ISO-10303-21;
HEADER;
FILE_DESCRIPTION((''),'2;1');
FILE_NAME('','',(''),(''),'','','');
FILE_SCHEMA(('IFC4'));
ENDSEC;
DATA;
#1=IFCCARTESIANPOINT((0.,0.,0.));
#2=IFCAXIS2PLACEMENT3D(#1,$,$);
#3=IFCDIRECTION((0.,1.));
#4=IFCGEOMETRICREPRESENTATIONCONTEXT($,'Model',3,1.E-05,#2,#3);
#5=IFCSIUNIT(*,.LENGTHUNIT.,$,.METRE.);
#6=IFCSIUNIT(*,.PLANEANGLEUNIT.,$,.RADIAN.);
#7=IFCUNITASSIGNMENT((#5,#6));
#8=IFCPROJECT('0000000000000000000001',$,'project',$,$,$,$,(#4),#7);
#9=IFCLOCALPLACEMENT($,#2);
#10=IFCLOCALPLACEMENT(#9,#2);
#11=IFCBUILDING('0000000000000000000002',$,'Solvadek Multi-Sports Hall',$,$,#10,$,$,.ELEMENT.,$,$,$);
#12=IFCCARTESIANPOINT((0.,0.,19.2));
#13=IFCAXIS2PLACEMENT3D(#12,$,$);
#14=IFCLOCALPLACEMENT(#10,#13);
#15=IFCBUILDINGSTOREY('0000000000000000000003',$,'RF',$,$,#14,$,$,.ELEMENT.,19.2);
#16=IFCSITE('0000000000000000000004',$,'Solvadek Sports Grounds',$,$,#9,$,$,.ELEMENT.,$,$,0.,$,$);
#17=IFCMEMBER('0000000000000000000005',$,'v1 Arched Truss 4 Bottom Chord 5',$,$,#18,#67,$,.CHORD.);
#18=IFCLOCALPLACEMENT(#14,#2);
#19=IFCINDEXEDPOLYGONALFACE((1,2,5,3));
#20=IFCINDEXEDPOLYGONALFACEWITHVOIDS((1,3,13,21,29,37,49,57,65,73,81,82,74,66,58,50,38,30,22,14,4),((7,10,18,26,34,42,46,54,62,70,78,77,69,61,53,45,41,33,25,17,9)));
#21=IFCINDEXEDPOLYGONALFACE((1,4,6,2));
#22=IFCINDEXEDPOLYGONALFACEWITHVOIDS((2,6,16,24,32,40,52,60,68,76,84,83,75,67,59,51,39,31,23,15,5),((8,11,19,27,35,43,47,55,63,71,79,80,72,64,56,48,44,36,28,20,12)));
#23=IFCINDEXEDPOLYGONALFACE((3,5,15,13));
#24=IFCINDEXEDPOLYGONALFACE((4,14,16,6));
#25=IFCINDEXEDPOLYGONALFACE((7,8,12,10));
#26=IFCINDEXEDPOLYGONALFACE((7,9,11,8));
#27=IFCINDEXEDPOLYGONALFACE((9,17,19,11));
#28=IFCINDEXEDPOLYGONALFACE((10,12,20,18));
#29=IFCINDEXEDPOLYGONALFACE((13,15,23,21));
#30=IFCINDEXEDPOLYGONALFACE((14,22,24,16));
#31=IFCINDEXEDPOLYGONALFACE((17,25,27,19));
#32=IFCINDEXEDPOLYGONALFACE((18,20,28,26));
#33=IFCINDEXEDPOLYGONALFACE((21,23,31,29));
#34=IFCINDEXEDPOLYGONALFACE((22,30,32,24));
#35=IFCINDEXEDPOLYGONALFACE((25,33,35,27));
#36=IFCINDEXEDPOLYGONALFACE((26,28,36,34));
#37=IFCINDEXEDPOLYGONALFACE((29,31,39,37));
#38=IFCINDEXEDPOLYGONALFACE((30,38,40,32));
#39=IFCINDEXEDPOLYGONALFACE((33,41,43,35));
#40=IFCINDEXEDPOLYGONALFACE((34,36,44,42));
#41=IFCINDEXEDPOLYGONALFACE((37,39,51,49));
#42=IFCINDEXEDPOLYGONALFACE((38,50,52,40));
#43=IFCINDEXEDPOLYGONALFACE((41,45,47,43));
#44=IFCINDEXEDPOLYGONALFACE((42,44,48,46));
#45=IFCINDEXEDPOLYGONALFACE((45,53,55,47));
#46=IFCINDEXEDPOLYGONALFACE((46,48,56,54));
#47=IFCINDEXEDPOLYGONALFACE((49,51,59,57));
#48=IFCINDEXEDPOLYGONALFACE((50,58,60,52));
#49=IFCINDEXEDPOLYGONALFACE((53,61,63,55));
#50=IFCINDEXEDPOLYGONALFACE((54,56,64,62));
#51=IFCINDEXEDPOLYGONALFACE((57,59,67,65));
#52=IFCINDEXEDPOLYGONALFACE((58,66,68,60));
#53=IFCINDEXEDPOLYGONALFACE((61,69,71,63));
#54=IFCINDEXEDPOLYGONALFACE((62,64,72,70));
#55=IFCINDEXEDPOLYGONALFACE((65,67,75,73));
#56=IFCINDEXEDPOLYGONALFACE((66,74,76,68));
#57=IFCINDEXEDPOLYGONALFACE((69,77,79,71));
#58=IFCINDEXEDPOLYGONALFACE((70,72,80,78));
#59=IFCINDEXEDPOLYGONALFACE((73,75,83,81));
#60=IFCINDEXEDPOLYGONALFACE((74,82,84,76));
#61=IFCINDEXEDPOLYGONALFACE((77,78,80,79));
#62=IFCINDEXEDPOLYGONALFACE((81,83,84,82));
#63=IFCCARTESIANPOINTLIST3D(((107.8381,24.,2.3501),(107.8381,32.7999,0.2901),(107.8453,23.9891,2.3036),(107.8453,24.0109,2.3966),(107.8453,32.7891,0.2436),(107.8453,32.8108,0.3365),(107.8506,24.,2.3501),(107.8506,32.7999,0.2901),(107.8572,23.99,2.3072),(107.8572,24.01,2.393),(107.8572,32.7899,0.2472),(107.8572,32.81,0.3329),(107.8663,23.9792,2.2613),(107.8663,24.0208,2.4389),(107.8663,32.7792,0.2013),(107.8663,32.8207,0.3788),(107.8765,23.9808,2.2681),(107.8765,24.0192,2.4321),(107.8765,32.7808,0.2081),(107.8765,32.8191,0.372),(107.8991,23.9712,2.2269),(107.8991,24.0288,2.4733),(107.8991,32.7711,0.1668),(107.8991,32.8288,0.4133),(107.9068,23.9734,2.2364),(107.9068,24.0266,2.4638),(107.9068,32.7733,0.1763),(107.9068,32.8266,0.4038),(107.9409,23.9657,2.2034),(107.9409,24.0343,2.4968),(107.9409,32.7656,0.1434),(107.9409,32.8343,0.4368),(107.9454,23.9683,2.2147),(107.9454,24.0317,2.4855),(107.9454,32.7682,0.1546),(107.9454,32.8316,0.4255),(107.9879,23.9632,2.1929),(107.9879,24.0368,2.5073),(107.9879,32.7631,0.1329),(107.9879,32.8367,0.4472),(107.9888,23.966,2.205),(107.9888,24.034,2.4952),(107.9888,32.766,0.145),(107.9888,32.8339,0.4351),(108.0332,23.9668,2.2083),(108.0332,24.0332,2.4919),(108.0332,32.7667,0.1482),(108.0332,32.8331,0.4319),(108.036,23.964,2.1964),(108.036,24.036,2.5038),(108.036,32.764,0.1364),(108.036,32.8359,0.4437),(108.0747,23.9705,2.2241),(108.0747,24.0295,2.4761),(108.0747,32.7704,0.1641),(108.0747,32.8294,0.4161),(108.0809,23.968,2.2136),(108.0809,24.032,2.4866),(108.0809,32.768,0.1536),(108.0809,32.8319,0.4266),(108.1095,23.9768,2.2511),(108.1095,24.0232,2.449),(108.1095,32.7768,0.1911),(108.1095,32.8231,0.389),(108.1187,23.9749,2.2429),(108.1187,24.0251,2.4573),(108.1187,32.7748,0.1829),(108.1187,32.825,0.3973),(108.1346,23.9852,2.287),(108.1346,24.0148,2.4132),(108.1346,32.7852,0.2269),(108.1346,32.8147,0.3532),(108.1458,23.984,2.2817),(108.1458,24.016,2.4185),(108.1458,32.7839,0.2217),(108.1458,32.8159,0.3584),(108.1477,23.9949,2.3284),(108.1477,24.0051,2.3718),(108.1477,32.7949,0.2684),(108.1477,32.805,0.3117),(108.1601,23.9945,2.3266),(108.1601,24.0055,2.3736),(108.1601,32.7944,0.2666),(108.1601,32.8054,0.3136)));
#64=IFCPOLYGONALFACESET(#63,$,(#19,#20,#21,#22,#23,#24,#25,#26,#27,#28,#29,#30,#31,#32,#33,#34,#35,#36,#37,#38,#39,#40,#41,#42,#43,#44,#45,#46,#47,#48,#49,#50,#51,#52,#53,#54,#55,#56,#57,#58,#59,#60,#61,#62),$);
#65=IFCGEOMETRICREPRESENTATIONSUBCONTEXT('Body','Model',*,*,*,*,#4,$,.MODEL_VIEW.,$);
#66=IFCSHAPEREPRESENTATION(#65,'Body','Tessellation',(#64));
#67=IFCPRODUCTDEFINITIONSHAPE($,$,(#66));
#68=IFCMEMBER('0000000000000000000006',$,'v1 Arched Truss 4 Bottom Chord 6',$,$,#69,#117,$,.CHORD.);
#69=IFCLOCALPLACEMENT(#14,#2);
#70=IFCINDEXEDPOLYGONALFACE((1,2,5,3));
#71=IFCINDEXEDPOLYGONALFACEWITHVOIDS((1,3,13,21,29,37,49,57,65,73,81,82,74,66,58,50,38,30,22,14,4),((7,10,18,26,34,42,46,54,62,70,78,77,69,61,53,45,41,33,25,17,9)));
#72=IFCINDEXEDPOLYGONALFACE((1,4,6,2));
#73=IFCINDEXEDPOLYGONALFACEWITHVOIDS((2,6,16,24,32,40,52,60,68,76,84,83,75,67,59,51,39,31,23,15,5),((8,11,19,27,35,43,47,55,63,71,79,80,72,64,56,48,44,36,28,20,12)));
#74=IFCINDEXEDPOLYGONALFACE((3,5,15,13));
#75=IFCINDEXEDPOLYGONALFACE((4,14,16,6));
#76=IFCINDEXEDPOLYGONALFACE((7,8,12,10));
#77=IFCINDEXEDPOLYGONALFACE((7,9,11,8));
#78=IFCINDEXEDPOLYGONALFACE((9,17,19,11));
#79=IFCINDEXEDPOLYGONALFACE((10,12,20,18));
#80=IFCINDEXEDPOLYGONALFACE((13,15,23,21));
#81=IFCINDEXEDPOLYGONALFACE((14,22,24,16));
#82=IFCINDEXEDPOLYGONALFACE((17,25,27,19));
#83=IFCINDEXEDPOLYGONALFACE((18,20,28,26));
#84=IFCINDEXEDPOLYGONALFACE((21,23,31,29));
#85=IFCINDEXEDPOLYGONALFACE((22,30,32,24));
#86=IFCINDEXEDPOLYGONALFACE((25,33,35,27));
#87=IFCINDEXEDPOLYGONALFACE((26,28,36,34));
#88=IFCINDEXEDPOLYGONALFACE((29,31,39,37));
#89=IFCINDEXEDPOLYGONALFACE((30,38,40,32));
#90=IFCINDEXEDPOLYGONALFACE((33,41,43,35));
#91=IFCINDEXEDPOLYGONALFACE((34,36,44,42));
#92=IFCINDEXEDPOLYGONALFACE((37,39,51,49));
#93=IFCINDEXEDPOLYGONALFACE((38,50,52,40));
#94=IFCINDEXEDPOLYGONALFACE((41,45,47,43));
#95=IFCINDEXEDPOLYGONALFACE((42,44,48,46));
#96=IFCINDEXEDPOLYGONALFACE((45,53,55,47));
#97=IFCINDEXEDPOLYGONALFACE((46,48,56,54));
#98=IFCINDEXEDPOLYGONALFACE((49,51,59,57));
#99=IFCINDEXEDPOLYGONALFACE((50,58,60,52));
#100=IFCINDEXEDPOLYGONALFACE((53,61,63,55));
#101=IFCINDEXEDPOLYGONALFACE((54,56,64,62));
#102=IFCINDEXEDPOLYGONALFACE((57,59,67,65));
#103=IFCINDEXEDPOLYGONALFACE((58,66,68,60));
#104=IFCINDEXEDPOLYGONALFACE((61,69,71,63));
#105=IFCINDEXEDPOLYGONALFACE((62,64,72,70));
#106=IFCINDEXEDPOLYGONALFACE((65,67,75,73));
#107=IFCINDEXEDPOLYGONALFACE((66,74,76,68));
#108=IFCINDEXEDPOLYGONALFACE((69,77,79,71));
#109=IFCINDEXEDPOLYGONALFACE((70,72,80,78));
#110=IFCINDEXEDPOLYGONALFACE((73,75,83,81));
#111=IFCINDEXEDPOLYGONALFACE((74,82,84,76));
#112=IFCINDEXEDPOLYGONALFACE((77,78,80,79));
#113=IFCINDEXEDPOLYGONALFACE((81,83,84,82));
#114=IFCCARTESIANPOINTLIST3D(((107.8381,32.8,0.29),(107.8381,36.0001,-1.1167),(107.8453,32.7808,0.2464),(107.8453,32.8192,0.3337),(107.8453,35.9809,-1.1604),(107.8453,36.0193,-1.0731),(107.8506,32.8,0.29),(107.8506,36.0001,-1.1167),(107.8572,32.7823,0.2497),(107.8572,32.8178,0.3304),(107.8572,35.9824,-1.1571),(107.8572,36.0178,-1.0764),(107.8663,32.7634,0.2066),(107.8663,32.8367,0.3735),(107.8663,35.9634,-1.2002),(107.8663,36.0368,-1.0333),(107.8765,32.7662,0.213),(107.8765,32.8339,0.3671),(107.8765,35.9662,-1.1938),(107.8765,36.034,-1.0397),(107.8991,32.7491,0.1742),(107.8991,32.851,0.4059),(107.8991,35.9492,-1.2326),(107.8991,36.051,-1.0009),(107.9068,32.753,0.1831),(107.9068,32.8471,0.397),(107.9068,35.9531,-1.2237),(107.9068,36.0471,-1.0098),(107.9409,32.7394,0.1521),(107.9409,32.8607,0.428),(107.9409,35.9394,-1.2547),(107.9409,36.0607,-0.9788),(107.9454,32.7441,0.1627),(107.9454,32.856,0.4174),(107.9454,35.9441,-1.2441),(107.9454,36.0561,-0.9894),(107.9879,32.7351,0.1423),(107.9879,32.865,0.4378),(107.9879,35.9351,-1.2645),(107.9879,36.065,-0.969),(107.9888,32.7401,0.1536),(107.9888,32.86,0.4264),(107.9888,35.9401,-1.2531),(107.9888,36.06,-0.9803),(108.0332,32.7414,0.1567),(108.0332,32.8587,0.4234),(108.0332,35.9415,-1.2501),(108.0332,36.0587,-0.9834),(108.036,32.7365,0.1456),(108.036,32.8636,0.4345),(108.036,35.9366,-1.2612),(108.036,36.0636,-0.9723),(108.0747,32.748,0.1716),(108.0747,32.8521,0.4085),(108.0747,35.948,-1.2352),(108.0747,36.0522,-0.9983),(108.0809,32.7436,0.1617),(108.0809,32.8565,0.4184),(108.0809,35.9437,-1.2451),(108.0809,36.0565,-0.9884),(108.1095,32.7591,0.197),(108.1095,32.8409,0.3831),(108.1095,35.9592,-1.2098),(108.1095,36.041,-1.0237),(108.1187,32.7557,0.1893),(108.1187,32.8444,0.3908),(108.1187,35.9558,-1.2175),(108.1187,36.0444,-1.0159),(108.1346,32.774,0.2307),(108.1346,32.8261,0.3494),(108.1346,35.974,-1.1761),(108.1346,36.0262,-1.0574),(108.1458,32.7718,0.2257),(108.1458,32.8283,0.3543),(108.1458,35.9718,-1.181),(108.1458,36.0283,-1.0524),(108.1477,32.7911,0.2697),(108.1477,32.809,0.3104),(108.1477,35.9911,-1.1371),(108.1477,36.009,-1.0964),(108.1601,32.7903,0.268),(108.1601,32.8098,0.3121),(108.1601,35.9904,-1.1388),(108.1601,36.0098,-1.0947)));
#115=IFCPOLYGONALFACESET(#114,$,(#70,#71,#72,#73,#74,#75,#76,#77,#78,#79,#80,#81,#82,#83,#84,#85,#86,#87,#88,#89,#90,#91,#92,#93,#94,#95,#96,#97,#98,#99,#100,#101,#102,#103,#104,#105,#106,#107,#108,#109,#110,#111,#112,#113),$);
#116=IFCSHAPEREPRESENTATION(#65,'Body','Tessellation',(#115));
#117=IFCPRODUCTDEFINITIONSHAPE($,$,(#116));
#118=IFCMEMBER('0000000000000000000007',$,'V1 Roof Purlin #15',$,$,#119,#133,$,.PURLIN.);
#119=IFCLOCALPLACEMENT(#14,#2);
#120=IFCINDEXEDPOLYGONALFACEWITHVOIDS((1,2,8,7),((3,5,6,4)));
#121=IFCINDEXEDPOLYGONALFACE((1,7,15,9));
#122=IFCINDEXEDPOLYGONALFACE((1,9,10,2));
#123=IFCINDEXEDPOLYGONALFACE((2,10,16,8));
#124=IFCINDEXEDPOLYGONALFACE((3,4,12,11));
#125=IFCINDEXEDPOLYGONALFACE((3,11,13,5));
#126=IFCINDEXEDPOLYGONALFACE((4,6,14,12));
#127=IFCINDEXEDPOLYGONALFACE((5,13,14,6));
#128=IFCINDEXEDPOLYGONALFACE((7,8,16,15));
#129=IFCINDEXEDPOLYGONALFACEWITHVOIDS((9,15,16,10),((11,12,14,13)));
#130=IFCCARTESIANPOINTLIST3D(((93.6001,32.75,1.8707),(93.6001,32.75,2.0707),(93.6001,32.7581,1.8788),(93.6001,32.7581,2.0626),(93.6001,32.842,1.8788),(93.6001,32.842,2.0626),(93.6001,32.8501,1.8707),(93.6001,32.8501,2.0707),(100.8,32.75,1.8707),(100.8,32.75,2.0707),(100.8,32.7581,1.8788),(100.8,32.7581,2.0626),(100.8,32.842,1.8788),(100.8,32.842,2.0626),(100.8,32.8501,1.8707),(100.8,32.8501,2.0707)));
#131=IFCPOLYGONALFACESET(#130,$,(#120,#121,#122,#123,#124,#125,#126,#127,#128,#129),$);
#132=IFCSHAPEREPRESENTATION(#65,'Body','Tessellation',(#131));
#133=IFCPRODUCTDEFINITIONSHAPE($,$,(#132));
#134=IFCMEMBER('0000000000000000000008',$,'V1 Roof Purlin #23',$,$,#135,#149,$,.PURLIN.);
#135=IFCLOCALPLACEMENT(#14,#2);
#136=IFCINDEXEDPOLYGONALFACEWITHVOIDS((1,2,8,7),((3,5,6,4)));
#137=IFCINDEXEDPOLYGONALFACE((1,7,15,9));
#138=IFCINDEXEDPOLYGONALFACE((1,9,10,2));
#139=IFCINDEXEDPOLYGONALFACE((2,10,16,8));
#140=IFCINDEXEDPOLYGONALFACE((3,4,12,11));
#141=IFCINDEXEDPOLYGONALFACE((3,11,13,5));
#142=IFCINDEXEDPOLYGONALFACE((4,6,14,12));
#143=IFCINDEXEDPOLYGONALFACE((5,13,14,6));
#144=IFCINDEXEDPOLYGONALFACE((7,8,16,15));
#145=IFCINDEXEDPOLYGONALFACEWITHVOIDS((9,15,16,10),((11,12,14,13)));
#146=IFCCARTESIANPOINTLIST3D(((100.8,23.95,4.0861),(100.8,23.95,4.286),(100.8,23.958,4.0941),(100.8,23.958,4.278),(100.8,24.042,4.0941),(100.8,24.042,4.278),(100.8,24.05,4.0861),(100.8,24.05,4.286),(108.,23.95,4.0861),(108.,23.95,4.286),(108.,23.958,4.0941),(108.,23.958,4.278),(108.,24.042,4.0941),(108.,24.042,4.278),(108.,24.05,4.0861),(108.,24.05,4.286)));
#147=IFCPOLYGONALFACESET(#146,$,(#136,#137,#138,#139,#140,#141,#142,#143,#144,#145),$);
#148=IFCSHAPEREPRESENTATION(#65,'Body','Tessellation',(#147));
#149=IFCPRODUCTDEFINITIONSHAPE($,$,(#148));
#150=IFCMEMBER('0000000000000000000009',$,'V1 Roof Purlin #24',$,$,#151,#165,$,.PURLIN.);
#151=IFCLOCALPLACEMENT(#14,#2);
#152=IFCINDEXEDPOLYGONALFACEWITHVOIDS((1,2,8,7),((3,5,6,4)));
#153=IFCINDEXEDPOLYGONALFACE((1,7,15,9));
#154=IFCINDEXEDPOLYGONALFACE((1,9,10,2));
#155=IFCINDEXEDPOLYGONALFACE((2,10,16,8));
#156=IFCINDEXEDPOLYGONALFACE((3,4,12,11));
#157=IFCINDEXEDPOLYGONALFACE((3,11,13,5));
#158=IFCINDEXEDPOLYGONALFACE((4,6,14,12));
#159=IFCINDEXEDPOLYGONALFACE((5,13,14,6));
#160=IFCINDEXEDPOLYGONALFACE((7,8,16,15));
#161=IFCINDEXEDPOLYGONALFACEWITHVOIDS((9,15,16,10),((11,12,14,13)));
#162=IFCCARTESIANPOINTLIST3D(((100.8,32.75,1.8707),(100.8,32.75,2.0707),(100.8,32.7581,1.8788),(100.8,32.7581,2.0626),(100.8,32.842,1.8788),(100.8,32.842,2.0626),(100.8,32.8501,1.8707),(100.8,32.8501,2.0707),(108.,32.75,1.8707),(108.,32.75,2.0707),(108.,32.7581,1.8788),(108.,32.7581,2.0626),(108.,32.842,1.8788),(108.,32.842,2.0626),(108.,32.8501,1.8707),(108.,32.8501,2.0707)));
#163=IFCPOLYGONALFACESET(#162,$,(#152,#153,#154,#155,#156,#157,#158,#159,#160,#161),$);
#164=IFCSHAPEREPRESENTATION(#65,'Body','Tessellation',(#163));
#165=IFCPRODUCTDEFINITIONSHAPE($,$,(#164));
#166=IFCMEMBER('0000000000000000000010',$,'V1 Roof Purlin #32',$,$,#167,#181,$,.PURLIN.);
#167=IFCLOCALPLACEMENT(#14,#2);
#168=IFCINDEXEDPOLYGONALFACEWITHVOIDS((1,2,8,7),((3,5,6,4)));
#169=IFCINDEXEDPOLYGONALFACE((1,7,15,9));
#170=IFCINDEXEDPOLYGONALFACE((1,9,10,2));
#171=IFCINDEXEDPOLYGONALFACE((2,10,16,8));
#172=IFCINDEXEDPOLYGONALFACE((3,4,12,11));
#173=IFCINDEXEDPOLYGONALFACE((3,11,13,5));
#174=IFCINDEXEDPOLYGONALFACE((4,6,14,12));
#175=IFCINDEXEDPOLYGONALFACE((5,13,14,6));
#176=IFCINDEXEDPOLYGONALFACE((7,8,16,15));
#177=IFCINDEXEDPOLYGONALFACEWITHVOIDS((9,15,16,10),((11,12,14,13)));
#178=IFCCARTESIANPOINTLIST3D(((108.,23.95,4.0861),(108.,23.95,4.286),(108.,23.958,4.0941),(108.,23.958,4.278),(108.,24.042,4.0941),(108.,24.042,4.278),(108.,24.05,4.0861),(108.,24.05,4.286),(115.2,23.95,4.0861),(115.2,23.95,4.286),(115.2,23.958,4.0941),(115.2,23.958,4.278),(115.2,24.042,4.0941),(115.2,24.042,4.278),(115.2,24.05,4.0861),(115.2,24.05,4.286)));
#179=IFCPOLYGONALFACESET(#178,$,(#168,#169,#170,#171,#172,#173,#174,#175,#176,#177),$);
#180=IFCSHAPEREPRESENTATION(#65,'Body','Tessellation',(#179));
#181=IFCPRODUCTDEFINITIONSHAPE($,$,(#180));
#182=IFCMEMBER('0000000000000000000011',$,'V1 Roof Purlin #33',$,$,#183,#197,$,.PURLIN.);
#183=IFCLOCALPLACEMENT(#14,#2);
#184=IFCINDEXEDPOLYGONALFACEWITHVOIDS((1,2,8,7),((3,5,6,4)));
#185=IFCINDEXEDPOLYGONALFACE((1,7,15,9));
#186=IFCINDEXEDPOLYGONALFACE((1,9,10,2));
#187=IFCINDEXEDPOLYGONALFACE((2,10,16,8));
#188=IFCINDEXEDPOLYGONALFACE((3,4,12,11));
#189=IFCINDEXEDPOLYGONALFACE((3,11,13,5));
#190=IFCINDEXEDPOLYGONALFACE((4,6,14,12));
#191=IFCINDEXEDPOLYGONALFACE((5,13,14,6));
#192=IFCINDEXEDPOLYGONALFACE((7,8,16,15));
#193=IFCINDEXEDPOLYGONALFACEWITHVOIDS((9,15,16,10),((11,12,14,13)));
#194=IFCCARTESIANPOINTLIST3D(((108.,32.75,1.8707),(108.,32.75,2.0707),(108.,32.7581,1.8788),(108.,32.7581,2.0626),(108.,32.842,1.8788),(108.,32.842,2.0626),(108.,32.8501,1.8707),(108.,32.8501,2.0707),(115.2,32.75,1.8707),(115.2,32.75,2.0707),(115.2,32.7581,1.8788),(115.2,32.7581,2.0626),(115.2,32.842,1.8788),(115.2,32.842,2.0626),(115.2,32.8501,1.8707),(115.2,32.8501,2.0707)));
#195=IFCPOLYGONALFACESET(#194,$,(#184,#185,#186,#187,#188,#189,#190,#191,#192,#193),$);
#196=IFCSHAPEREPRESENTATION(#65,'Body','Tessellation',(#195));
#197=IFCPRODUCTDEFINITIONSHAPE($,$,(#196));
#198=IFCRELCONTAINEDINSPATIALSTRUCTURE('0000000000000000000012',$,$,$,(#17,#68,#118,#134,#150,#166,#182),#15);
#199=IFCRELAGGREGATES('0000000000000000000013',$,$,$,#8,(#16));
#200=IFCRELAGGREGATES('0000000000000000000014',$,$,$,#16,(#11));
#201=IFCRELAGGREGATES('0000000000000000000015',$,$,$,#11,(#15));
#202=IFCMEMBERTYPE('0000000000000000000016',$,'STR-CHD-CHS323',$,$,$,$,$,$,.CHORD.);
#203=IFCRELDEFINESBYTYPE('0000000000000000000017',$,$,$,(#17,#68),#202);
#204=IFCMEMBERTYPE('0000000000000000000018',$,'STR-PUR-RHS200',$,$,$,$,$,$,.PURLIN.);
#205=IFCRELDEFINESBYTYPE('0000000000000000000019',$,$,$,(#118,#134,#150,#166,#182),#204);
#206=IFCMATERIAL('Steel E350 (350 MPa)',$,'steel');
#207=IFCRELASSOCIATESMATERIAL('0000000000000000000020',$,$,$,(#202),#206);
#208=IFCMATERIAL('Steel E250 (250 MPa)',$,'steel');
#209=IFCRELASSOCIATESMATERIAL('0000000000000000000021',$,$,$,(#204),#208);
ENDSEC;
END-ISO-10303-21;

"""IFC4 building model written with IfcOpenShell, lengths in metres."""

from ifc_helpers import new_model, si_unit, direction, frame, origin, origin_2d, place, context, subcontext, project, spatial, hollow_rectangle, hollow_circle, extrude, material, material_profile, profile_set, type_object, element, save


model = new_model("IFC4")

# Units and contexts
model_context = context("Model", 3, precision=1e-05, world=origin(), true_north=direction((0.0, 1.0)))
body_context = subcontext(model_context, "Body", "Model", "MODEL_VIEW")
ifc_project = project(units=[si_unit("LENGTHUNIT", "METRE"), si_unit("PLANEANGLEUNIT", "RADIAN")], contexts=[model_context])

# Site, building, storey
site_placement = place(None, origin())
site = spatial("IfcSite", under=ifc_project, at=site_placement, Name="Solvadek Sports Grounds", CompositionType="ELEMENT", RefElevation=0.0)
building_placement = place(site_placement, origin())
building = spatial("IfcBuilding", under=site, at=building_placement, Name="Solvadek Multi-Sports Hall", CompositionType="ELEMENT")
storey_placement = place(building_placement, frame((0.0, 0.0, 19.2)))
storey = spatial("IfcBuildingStorey", under=building, at=storey_placement, Name="RF", CompositionType="ELEMENT", Elevation=19.2)

# Members
ifc_material_1 = material(Name="Steel E350 (350 MPa)", Category="steel")
ifc_material_profile_1 = material_profile(ifc_material_1, hollow_circle(Radius=0.1619, WallThickness=0.0125, at=origin_2d()), Name="CHS 323.9x12.5")
ifc_profile_set_1 = profile_set([ifc_material_profile_1], Name="Steel E350 (350 MPa)")
member_type_1 = type_object("IfcMemberType", Name="STR-CHD-CHS323", PredefinedType="CHORD", material=ifc_profile_set_1)
member_1_placement = place(storey_placement, frame((108.0, 24.0, 2.3501), z_axis=(0.0, 0.973677, -0.227934), x_axis=(-1.0, 0.0, 0.0)))
element("IfcMember", 1, at=member_1_placement, inside=storey, type_object=member_type_1, Name="v1 Arched Truss 4 Bottom Chord 5", PredefinedType="CHORD", context=body_context, shape_type="SweptSolid", body=[
    extrude(hollow_circle(Radius=0.1619, WallThickness=0.0125, at=origin_2d()), origin(), (0.0, 0.0, 1.0), 9.0378),
])
member_2_placement = place(storey_placement, frame((108.0, 32.8, 0.29), z_axis=(0.0, 0.915446, -0.402441), x_axis=(-1.0, 0.0, 0.0)))
element("IfcMember", 2, at=member_2_placement, inside=storey, type_object=member_type_1, Name="v1 Arched Truss 4 Bottom Chord 6", PredefinedType="CHORD", context=body_context, shape_type="SweptSolid", body=[
    extrude(hollow_circle(Radius=0.1619, WallThickness=0.0125, at=origin_2d()), origin(), (0.0, 0.0, 1.0), 3.4956),
])
ifc_material_2 = material(Name="Steel E250 (250 MPa)", Category="steel")
ifc_material_profile_2 = material_profile(ifc_material_2, hollow_rectangle(XDim=0.1001, YDim=0.2, WallThickness=0.0081, at=origin_2d()), Name="RHS 200x100x8")
ifc_profile_set_2 = profile_set([ifc_material_profile_2], Name="Steel E250 (250 MPa)")
member_type_2 = type_object("IfcMemberType", Name="STR-PUR-RHS200", PredefinedType="PURLIN", material=ifc_profile_set_2)
for number, where, z_axis, x_axis, name in (
    (3, (93.6001, 32.8, 1.9707), (1.0, 0.0, 0.0), (0.0, 1.0, 0.0), "V1 Roof Purlin #15"),
    (4, (100.8, 24.0, 4.186), (1.0, 0.0, 0.0), (0.0, 1.0, 0.0), "V1 Roof Purlin #23"),
    (5, (100.8, 32.8, 1.9707), (1.0, 0.0, 0.0), (0.0, 1.0, 0.0), "V1 Roof Purlin #24"),
    (6, (108.0, 24.0, 4.186), (1.0, 0.0, 0.0), (0.0, 1.0, 0.0), "V1 Roof Purlin #32"),
    (7, (108.0, 32.8, 1.9707), (1.0, 0.0, 0.0), (0.0, 1.0, 0.0), "V1 Roof Purlin #33"),
):
    element("IfcMember", number, at=place(storey_placement, frame(where, z_axis=z_axis, x_axis=x_axis)), inside=storey, type_object=member_type_2, Name=name, PredefinedType="PURLIN", context=body_context, shape_type="SweptSolid", body=[
        extrude(hollow_rectangle(XDim=0.1001, YDim=0.2, WallThickness=0.0081, at=origin_2d()), origin(), (0.0, 0.0, 1.0), 7.2),
    ])

save(model, "model.ifc")
